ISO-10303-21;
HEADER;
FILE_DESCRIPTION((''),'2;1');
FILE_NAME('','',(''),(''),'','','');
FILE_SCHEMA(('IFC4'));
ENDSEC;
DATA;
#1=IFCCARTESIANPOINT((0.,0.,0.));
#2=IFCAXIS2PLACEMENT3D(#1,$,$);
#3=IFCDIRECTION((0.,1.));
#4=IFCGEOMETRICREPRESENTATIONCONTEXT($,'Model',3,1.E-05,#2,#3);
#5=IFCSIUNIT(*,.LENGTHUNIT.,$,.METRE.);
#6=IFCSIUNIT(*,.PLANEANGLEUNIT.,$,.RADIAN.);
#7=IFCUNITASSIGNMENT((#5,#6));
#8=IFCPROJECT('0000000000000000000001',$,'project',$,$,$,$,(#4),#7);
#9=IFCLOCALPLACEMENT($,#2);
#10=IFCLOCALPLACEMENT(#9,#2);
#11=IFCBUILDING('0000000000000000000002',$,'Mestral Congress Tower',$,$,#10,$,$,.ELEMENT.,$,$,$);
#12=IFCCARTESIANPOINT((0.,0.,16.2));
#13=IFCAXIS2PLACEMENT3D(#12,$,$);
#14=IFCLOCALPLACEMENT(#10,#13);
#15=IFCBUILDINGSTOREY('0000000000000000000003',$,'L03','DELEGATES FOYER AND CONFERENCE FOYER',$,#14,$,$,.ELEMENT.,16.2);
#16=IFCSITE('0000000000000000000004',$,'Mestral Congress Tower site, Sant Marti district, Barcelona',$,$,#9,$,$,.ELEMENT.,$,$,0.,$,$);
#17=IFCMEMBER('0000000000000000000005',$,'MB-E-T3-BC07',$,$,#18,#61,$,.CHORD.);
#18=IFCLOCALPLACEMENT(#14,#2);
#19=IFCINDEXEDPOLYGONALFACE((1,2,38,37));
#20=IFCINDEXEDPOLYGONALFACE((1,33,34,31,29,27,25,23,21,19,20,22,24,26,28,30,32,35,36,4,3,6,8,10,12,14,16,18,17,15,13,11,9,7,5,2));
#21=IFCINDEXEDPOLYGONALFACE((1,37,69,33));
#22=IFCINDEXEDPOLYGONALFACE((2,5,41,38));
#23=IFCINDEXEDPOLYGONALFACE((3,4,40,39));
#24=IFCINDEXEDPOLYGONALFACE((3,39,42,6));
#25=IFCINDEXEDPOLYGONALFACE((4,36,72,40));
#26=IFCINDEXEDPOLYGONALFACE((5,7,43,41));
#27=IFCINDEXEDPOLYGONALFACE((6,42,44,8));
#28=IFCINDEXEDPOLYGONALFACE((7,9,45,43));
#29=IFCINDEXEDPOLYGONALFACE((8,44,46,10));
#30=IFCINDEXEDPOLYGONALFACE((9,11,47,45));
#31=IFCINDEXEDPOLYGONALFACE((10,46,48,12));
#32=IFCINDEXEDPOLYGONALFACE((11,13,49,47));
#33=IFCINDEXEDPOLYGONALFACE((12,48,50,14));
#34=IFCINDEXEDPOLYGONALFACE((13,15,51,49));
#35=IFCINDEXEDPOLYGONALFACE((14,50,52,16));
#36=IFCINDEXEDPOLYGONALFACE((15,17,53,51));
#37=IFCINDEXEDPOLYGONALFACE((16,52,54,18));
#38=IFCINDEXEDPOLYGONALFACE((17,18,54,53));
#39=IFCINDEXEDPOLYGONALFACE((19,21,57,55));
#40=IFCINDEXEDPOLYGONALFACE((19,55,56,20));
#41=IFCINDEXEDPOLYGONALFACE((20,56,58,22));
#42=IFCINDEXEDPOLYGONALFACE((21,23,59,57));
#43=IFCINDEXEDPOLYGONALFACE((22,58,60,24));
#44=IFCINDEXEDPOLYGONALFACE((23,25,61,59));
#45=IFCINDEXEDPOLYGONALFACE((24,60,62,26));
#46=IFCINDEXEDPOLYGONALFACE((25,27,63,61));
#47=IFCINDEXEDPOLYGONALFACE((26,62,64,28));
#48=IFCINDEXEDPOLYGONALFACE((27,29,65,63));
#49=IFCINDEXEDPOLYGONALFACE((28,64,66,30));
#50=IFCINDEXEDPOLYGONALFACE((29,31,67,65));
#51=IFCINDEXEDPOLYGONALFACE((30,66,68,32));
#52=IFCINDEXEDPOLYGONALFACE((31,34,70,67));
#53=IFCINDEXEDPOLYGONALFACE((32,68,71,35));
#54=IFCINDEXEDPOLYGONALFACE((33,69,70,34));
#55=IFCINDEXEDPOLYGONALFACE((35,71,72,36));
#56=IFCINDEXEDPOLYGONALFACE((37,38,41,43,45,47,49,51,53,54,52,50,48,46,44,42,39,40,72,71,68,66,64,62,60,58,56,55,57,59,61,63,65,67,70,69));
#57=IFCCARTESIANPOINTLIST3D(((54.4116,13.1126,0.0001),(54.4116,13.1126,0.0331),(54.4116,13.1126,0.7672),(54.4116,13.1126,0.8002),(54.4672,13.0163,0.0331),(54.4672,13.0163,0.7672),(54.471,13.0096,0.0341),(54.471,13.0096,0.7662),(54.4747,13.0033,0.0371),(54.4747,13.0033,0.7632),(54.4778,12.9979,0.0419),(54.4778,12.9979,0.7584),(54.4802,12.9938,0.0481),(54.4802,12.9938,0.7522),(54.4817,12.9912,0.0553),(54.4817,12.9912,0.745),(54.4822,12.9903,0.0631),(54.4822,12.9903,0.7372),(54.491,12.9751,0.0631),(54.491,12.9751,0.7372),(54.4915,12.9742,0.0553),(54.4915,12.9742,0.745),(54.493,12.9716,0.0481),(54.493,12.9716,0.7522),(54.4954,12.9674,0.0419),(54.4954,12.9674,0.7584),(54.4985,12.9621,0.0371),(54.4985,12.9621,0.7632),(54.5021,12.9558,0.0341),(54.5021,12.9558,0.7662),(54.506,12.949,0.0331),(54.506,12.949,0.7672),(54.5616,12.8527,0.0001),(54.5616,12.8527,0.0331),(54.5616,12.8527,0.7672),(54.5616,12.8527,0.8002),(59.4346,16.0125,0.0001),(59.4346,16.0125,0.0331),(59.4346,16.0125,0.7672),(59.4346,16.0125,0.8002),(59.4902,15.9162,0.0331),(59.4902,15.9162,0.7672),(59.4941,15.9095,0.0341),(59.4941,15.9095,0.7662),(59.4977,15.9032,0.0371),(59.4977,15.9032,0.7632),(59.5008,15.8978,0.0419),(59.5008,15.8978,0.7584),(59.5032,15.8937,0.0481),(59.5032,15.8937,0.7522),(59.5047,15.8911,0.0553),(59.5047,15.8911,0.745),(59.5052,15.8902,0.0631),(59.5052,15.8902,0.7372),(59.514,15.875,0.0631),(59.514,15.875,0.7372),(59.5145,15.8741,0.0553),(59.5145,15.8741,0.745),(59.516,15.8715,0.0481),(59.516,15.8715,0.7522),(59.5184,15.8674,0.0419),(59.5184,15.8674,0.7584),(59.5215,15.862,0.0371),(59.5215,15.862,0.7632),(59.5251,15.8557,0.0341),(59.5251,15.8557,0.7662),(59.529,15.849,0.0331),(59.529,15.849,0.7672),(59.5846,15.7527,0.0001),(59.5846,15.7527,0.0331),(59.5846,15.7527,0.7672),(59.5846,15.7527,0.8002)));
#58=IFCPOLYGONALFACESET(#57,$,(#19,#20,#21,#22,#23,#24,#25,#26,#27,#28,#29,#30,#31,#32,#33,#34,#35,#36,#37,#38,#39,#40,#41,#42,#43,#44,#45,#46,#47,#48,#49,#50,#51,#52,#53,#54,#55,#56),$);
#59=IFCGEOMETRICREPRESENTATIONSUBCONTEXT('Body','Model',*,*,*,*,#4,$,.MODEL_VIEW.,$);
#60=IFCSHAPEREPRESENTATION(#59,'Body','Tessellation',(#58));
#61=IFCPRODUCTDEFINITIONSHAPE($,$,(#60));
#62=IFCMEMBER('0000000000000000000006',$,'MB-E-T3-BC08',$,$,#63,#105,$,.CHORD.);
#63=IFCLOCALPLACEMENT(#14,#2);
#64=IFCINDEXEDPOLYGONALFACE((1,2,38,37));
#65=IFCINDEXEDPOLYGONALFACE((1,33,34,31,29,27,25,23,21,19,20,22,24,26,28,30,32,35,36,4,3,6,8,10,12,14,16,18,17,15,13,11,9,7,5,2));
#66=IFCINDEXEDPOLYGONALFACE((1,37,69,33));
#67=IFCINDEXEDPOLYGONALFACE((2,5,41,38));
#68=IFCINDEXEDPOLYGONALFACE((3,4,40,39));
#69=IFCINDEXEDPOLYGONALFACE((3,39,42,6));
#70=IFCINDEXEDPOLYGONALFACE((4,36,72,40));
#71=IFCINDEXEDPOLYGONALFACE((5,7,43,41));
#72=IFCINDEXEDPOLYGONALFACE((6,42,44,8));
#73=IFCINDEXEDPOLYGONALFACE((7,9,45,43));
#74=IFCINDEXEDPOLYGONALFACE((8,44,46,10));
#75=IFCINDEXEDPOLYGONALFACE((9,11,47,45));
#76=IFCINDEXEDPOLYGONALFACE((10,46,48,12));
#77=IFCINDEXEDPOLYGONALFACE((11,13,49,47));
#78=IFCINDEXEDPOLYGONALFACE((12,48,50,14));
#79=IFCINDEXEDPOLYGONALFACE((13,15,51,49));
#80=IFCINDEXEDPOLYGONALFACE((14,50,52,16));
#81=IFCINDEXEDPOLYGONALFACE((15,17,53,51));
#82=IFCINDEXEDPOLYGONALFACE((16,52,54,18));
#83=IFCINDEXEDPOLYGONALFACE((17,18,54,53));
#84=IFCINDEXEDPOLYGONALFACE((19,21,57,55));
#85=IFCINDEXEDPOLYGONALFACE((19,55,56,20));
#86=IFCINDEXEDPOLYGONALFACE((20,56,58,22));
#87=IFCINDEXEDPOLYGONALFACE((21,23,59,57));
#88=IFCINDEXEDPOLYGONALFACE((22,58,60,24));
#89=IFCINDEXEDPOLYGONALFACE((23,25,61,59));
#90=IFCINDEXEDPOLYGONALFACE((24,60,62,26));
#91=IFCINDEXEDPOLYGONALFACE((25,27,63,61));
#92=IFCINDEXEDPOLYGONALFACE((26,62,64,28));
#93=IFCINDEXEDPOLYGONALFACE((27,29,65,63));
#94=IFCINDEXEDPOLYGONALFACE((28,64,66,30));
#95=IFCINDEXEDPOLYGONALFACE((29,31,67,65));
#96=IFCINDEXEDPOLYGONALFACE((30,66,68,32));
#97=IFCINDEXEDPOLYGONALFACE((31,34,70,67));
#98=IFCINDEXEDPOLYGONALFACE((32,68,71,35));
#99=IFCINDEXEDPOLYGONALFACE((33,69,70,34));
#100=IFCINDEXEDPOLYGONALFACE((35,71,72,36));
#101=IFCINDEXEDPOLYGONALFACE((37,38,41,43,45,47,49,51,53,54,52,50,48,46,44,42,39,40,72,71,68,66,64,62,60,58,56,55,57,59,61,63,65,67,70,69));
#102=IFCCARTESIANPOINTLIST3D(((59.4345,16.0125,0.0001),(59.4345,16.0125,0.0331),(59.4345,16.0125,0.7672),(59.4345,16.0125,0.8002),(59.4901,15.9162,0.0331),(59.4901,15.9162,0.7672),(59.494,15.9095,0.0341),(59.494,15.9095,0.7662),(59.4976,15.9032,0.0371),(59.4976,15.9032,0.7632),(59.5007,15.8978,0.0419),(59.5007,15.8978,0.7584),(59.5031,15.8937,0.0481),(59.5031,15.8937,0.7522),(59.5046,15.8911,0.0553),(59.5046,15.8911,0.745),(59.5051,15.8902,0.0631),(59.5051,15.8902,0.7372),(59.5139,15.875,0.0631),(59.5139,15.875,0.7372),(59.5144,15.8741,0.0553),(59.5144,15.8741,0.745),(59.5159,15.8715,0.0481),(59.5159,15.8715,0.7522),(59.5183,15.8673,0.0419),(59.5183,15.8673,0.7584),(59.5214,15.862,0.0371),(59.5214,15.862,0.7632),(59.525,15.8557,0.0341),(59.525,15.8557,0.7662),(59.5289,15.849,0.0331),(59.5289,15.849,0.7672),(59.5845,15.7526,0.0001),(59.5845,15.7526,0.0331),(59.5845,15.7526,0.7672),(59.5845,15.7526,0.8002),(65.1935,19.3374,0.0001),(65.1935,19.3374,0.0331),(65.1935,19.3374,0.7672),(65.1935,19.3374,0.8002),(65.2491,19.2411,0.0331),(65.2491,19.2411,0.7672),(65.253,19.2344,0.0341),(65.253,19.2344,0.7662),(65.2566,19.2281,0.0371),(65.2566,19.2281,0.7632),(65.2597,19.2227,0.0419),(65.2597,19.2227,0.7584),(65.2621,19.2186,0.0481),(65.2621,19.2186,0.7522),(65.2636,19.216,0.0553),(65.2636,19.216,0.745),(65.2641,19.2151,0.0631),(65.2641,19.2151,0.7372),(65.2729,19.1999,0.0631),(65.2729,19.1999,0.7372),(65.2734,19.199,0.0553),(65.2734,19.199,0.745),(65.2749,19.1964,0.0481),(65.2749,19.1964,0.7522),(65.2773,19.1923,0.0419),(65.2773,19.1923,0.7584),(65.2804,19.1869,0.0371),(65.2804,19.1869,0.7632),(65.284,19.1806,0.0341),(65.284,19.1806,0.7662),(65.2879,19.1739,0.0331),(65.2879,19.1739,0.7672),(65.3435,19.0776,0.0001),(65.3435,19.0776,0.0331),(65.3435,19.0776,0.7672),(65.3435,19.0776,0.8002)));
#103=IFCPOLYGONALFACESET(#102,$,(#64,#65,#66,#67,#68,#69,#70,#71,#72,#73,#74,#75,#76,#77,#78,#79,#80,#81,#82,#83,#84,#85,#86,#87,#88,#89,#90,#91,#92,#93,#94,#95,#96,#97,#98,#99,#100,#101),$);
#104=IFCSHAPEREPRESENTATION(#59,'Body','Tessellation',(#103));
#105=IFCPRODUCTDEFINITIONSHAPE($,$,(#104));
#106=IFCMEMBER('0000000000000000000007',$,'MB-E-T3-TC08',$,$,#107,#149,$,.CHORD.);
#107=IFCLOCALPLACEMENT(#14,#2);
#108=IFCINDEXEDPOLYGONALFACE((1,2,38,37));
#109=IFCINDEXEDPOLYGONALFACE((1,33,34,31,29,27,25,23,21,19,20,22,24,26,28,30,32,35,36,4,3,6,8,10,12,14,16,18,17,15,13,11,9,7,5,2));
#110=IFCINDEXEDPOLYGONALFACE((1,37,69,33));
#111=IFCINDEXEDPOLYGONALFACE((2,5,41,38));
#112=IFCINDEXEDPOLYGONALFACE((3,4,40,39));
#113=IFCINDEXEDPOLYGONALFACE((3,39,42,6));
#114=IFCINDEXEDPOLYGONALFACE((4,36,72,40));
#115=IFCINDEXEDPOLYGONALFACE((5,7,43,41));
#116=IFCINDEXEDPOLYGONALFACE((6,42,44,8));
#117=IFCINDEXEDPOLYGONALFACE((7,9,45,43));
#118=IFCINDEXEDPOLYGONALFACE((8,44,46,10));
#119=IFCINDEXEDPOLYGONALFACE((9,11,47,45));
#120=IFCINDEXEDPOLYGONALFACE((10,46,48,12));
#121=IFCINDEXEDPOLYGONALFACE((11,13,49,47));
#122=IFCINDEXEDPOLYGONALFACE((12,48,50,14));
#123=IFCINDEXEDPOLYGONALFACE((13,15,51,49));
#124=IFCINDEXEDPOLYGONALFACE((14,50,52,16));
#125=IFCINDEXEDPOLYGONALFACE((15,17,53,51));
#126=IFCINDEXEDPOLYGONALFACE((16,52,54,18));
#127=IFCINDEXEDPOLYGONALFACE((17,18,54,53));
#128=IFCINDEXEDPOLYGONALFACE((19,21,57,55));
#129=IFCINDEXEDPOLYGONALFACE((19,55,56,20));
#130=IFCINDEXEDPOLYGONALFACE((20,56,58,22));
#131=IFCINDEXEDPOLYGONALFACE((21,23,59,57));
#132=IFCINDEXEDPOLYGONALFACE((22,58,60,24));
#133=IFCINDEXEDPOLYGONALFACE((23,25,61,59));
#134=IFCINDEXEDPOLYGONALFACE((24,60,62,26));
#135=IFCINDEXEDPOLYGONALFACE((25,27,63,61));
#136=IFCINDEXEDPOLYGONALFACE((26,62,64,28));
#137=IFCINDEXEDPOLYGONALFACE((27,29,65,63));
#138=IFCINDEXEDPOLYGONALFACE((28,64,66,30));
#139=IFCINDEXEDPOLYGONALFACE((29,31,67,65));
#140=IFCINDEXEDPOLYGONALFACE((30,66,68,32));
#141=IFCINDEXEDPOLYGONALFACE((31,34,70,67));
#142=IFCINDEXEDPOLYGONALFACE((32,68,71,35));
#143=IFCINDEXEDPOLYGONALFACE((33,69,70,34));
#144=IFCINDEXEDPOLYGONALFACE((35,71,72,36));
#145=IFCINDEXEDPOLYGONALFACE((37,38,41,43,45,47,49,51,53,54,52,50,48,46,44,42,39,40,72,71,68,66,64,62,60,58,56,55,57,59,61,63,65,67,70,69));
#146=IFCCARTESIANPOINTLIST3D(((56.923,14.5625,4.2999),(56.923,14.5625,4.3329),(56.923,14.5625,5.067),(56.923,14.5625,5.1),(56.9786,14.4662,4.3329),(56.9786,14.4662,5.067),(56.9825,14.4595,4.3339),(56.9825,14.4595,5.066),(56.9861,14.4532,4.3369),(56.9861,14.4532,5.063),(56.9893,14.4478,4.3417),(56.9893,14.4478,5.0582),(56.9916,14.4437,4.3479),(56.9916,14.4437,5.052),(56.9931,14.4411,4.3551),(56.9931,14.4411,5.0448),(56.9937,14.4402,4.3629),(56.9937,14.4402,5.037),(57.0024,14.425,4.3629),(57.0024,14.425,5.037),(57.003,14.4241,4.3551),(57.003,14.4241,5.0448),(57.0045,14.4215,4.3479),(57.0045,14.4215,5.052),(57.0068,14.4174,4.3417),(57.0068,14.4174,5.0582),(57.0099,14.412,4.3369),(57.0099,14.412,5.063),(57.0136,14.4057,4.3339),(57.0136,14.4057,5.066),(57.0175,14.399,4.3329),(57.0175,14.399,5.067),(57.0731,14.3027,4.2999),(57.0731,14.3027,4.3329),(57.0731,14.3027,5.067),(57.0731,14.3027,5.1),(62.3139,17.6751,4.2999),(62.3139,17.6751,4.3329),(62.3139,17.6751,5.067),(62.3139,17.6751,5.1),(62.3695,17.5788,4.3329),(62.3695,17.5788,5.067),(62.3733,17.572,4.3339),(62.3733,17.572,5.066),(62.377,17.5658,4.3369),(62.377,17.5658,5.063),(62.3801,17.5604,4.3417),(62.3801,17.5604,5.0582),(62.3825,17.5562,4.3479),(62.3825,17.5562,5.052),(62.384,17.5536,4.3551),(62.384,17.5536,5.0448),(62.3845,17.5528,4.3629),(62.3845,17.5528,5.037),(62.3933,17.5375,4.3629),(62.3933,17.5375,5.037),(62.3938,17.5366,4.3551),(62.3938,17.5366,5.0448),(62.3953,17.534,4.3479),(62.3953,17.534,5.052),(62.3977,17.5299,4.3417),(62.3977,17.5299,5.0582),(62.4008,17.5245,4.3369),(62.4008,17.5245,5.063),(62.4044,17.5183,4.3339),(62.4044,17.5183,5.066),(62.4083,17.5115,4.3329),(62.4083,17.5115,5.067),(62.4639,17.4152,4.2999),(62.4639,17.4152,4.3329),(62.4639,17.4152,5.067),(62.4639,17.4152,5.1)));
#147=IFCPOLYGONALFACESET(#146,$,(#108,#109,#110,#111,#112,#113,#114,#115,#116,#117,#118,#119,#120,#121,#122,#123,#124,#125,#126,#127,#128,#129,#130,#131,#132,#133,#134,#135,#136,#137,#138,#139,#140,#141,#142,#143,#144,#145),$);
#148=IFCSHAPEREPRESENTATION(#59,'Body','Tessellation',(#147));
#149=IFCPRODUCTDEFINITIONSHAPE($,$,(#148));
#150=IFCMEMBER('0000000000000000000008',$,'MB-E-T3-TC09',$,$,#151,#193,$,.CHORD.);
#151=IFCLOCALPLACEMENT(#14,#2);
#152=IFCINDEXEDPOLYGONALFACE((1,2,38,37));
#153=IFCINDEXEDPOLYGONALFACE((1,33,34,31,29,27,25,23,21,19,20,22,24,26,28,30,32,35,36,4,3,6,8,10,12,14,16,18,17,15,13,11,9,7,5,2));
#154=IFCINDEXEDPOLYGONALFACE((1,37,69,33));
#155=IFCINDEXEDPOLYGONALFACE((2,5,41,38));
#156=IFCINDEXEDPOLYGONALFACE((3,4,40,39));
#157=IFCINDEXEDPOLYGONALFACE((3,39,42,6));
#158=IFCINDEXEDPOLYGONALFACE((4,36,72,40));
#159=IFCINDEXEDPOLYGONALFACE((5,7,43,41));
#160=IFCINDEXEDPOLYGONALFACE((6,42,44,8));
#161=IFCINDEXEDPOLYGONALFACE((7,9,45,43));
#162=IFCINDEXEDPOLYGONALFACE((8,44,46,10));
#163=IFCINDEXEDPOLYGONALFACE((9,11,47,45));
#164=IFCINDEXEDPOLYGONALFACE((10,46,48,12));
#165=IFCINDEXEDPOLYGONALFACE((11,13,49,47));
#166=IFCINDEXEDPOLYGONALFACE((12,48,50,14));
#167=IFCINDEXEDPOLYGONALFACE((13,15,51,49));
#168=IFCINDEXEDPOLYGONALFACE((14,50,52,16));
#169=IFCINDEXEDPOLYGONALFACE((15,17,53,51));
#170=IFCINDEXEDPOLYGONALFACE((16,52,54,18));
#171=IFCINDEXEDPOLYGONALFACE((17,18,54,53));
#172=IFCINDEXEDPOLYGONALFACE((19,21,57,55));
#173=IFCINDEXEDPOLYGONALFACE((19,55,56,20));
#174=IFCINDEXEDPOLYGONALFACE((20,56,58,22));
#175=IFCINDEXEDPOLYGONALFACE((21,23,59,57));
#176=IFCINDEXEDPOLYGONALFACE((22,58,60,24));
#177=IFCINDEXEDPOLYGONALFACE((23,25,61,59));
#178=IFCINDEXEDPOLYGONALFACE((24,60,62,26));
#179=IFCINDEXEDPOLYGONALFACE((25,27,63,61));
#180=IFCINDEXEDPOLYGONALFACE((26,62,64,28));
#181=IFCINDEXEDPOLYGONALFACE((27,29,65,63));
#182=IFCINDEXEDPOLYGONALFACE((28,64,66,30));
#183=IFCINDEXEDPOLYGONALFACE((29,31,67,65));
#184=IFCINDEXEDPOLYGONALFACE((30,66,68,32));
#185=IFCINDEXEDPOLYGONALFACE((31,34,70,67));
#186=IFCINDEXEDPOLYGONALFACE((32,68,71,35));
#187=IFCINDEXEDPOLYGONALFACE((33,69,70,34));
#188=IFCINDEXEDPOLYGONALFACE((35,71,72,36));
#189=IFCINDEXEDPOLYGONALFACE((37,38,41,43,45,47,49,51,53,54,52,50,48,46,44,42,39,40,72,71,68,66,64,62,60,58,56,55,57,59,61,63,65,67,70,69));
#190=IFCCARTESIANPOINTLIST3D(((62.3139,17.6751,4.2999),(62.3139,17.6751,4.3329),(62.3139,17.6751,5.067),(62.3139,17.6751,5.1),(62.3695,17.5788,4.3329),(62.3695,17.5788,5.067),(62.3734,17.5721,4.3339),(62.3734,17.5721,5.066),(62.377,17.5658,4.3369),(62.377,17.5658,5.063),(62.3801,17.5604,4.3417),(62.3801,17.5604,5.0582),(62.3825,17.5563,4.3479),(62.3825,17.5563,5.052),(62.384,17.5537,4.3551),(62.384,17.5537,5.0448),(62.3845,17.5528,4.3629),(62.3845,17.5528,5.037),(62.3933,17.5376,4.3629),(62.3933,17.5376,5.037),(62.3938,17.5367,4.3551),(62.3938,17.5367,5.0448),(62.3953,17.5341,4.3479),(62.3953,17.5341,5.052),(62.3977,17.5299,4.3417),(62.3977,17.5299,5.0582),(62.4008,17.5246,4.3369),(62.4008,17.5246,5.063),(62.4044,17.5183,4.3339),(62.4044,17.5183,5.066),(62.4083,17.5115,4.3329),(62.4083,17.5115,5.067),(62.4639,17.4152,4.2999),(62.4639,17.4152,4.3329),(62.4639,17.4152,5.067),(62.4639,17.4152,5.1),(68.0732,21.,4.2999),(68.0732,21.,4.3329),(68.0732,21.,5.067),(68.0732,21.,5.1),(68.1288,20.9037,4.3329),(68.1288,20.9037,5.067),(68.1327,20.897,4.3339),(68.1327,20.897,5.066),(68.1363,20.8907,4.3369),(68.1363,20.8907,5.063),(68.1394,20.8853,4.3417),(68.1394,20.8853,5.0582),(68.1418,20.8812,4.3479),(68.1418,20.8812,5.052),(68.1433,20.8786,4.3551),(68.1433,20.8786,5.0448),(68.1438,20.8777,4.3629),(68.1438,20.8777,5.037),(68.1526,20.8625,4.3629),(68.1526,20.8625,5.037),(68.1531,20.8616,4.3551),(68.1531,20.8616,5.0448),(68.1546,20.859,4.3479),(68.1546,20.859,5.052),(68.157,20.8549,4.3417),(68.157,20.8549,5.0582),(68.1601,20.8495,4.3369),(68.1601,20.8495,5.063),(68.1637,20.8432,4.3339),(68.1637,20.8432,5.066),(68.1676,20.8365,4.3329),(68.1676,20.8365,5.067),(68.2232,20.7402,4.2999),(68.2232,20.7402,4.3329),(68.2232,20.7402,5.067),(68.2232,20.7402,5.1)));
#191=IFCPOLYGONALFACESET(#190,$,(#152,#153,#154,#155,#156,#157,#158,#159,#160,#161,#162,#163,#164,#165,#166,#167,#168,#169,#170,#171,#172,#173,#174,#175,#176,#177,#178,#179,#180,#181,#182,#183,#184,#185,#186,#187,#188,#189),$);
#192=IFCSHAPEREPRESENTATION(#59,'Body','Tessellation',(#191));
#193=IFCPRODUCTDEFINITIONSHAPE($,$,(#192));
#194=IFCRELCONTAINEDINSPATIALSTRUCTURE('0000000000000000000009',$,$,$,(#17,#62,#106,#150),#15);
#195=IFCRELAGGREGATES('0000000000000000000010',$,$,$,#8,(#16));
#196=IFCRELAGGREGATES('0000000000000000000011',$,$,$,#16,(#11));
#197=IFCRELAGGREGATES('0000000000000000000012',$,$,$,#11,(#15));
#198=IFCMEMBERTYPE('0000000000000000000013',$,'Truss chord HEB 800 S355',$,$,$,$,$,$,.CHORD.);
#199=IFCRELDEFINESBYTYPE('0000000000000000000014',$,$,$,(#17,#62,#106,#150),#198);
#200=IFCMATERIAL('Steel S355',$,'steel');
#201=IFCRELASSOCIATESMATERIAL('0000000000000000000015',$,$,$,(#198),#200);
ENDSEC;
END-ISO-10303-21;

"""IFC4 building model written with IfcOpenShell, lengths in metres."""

from ifc_helpers import new_model, si_unit, direction, frame, origin, origin_2d, place, context, subcontext, project, spatial, i_section, extrude, material, material_profile, profile_set, type_object, element, save


model = new_model("IFC4")

# Units and contexts
model_context = context("Model", 3, precision=1e-05, world=origin(), true_north=direction((0.0, 1.0)))
body_context = subcontext(model_context, "Body", "Model", "MODEL_VIEW")
ifc_project = project(units=[si_unit("LENGTHUNIT", "METRE"), si_unit("PLANEANGLEUNIT", "RADIAN")], contexts=[model_context])

# Site, building, storey
site_placement = place(None, origin())
site = spatial("IfcSite", under=ifc_project, at=site_placement, Name="Mestral Congress Tower site, Sant Marti district, Barcelona", CompositionType="ELEMENT", RefElevation=0.0)
building_placement = place(site_placement, origin())
building = spatial("IfcBuilding", under=site, at=building_placement, Name="Mestral Congress Tower", CompositionType="ELEMENT")
storey_placement = place(building_placement, frame((0.0, 0.0, 16.2)))
storey = spatial("IfcBuildingStorey", under=building, at=storey_placement, Name="L03", Description="DELEGATES FOYER AND CONFERENCE FOYER", CompositionType="ELEMENT", Elevation=16.2)

# Members
ifc_material = material(Name="Steel S355", Category="steel")
ifc_material_profile_1 = material_profile(ifc_material, i_section(OverallWidth=0.3, OverallDepth=0.8, WebThickness=0.0176, FlangeThickness=0.033, FilletRadius=0.03, at=origin_2d()), Name="HEB 800")
ifc_profile_set_1 = profile_set([ifc_material_profile_1], Name="Steel S355")
member_type_1 = type_object("IfcMemberType", Name="Truss chord HEB 800 S355", PredefinedType="CHORD", material=ifc_profile_set_1)
member_1_placement = place(storey_placement, frame((54.4866, 12.9827, 0.4001), z_axis=(0.866033, 0.499987, 0.0), x_axis=(-0.499987, 0.866033, 0.0)))
element("IfcMember", 1, at=member_1_placement, inside=storey, type_object=member_type_1, Name="MB-E-T3-BC07", PredefinedType="CHORD", context=body_context, shape_type="SweptSolid", body=[
    extrude(i_section(OverallWidth=0.3, OverallDepth=0.8, WebThickness=0.0176, FlangeThickness=0.033, FilletRadius=0.03, at=origin_2d()), origin(), (0.0, 0.0, 1.0), 5.8),
])
member_2_placement = place(storey_placement, frame((59.5095, 15.8826, 0.4001), z_axis=(0.866027, 0.499997, 0.0), x_axis=(-0.499997, 0.866027, 0.0)))
element("IfcMember", 2, at=member_2_placement, inside=storey, type_object=member_type_1, Name="MB-E-T3-BC08", PredefinedType="CHORD", context=body_context, shape_type="SweptSolid", body=[
    extrude(i_section(OverallWidth=0.3, OverallDepth=0.8, WebThickness=0.0176, FlangeThickness=0.033, FilletRadius=0.03, at=origin_2d()), origin(), (0.0, 0.0, 1.0), 6.6499),
])
member_3_placement = place(storey_placement, frame((56.998, 14.4326, 4.7), z_axis=(0.866016, 0.500016, 0.0), x_axis=(-0.500016, 0.866016, 0.0)))
element("IfcMember", 3, at=member_3_placement, inside=storey, type_object=member_type_1, Name="MB-E-T3-TC08", PredefinedType="CHORD", context=body_context, shape_type="SweptSolid", body=[
    extrude(i_section(OverallWidth=0.3, OverallDepth=0.8, WebThickness=0.0176, FlangeThickness=0.033, FilletRadius=0.03, at=origin_2d()), origin(), (0.0, 0.0, 1.0), 6.2249),
])
member_4_placement = place(storey_placement, frame((62.3889, 17.5452, 4.7), z_axis=(0.866036, 0.499981, 0.0), x_axis=(-0.499981, 0.866036, 0.0)))
element("IfcMember", 4, at=member_4_placement, inside=storey, type_object=member_type_1, Name="MB-E-T3-TC09", PredefinedType="CHORD", context=body_context, shape_type="SweptSolid", body=[
    extrude(i_section(OverallWidth=0.3, OverallDepth=0.8, WebThickness=0.0176, FlangeThickness=0.033, FilletRadius=0.03, at=origin_2d()), origin(), (0.0, 0.0, 1.0), 6.6501),
])

save(model, "model.ifc")
